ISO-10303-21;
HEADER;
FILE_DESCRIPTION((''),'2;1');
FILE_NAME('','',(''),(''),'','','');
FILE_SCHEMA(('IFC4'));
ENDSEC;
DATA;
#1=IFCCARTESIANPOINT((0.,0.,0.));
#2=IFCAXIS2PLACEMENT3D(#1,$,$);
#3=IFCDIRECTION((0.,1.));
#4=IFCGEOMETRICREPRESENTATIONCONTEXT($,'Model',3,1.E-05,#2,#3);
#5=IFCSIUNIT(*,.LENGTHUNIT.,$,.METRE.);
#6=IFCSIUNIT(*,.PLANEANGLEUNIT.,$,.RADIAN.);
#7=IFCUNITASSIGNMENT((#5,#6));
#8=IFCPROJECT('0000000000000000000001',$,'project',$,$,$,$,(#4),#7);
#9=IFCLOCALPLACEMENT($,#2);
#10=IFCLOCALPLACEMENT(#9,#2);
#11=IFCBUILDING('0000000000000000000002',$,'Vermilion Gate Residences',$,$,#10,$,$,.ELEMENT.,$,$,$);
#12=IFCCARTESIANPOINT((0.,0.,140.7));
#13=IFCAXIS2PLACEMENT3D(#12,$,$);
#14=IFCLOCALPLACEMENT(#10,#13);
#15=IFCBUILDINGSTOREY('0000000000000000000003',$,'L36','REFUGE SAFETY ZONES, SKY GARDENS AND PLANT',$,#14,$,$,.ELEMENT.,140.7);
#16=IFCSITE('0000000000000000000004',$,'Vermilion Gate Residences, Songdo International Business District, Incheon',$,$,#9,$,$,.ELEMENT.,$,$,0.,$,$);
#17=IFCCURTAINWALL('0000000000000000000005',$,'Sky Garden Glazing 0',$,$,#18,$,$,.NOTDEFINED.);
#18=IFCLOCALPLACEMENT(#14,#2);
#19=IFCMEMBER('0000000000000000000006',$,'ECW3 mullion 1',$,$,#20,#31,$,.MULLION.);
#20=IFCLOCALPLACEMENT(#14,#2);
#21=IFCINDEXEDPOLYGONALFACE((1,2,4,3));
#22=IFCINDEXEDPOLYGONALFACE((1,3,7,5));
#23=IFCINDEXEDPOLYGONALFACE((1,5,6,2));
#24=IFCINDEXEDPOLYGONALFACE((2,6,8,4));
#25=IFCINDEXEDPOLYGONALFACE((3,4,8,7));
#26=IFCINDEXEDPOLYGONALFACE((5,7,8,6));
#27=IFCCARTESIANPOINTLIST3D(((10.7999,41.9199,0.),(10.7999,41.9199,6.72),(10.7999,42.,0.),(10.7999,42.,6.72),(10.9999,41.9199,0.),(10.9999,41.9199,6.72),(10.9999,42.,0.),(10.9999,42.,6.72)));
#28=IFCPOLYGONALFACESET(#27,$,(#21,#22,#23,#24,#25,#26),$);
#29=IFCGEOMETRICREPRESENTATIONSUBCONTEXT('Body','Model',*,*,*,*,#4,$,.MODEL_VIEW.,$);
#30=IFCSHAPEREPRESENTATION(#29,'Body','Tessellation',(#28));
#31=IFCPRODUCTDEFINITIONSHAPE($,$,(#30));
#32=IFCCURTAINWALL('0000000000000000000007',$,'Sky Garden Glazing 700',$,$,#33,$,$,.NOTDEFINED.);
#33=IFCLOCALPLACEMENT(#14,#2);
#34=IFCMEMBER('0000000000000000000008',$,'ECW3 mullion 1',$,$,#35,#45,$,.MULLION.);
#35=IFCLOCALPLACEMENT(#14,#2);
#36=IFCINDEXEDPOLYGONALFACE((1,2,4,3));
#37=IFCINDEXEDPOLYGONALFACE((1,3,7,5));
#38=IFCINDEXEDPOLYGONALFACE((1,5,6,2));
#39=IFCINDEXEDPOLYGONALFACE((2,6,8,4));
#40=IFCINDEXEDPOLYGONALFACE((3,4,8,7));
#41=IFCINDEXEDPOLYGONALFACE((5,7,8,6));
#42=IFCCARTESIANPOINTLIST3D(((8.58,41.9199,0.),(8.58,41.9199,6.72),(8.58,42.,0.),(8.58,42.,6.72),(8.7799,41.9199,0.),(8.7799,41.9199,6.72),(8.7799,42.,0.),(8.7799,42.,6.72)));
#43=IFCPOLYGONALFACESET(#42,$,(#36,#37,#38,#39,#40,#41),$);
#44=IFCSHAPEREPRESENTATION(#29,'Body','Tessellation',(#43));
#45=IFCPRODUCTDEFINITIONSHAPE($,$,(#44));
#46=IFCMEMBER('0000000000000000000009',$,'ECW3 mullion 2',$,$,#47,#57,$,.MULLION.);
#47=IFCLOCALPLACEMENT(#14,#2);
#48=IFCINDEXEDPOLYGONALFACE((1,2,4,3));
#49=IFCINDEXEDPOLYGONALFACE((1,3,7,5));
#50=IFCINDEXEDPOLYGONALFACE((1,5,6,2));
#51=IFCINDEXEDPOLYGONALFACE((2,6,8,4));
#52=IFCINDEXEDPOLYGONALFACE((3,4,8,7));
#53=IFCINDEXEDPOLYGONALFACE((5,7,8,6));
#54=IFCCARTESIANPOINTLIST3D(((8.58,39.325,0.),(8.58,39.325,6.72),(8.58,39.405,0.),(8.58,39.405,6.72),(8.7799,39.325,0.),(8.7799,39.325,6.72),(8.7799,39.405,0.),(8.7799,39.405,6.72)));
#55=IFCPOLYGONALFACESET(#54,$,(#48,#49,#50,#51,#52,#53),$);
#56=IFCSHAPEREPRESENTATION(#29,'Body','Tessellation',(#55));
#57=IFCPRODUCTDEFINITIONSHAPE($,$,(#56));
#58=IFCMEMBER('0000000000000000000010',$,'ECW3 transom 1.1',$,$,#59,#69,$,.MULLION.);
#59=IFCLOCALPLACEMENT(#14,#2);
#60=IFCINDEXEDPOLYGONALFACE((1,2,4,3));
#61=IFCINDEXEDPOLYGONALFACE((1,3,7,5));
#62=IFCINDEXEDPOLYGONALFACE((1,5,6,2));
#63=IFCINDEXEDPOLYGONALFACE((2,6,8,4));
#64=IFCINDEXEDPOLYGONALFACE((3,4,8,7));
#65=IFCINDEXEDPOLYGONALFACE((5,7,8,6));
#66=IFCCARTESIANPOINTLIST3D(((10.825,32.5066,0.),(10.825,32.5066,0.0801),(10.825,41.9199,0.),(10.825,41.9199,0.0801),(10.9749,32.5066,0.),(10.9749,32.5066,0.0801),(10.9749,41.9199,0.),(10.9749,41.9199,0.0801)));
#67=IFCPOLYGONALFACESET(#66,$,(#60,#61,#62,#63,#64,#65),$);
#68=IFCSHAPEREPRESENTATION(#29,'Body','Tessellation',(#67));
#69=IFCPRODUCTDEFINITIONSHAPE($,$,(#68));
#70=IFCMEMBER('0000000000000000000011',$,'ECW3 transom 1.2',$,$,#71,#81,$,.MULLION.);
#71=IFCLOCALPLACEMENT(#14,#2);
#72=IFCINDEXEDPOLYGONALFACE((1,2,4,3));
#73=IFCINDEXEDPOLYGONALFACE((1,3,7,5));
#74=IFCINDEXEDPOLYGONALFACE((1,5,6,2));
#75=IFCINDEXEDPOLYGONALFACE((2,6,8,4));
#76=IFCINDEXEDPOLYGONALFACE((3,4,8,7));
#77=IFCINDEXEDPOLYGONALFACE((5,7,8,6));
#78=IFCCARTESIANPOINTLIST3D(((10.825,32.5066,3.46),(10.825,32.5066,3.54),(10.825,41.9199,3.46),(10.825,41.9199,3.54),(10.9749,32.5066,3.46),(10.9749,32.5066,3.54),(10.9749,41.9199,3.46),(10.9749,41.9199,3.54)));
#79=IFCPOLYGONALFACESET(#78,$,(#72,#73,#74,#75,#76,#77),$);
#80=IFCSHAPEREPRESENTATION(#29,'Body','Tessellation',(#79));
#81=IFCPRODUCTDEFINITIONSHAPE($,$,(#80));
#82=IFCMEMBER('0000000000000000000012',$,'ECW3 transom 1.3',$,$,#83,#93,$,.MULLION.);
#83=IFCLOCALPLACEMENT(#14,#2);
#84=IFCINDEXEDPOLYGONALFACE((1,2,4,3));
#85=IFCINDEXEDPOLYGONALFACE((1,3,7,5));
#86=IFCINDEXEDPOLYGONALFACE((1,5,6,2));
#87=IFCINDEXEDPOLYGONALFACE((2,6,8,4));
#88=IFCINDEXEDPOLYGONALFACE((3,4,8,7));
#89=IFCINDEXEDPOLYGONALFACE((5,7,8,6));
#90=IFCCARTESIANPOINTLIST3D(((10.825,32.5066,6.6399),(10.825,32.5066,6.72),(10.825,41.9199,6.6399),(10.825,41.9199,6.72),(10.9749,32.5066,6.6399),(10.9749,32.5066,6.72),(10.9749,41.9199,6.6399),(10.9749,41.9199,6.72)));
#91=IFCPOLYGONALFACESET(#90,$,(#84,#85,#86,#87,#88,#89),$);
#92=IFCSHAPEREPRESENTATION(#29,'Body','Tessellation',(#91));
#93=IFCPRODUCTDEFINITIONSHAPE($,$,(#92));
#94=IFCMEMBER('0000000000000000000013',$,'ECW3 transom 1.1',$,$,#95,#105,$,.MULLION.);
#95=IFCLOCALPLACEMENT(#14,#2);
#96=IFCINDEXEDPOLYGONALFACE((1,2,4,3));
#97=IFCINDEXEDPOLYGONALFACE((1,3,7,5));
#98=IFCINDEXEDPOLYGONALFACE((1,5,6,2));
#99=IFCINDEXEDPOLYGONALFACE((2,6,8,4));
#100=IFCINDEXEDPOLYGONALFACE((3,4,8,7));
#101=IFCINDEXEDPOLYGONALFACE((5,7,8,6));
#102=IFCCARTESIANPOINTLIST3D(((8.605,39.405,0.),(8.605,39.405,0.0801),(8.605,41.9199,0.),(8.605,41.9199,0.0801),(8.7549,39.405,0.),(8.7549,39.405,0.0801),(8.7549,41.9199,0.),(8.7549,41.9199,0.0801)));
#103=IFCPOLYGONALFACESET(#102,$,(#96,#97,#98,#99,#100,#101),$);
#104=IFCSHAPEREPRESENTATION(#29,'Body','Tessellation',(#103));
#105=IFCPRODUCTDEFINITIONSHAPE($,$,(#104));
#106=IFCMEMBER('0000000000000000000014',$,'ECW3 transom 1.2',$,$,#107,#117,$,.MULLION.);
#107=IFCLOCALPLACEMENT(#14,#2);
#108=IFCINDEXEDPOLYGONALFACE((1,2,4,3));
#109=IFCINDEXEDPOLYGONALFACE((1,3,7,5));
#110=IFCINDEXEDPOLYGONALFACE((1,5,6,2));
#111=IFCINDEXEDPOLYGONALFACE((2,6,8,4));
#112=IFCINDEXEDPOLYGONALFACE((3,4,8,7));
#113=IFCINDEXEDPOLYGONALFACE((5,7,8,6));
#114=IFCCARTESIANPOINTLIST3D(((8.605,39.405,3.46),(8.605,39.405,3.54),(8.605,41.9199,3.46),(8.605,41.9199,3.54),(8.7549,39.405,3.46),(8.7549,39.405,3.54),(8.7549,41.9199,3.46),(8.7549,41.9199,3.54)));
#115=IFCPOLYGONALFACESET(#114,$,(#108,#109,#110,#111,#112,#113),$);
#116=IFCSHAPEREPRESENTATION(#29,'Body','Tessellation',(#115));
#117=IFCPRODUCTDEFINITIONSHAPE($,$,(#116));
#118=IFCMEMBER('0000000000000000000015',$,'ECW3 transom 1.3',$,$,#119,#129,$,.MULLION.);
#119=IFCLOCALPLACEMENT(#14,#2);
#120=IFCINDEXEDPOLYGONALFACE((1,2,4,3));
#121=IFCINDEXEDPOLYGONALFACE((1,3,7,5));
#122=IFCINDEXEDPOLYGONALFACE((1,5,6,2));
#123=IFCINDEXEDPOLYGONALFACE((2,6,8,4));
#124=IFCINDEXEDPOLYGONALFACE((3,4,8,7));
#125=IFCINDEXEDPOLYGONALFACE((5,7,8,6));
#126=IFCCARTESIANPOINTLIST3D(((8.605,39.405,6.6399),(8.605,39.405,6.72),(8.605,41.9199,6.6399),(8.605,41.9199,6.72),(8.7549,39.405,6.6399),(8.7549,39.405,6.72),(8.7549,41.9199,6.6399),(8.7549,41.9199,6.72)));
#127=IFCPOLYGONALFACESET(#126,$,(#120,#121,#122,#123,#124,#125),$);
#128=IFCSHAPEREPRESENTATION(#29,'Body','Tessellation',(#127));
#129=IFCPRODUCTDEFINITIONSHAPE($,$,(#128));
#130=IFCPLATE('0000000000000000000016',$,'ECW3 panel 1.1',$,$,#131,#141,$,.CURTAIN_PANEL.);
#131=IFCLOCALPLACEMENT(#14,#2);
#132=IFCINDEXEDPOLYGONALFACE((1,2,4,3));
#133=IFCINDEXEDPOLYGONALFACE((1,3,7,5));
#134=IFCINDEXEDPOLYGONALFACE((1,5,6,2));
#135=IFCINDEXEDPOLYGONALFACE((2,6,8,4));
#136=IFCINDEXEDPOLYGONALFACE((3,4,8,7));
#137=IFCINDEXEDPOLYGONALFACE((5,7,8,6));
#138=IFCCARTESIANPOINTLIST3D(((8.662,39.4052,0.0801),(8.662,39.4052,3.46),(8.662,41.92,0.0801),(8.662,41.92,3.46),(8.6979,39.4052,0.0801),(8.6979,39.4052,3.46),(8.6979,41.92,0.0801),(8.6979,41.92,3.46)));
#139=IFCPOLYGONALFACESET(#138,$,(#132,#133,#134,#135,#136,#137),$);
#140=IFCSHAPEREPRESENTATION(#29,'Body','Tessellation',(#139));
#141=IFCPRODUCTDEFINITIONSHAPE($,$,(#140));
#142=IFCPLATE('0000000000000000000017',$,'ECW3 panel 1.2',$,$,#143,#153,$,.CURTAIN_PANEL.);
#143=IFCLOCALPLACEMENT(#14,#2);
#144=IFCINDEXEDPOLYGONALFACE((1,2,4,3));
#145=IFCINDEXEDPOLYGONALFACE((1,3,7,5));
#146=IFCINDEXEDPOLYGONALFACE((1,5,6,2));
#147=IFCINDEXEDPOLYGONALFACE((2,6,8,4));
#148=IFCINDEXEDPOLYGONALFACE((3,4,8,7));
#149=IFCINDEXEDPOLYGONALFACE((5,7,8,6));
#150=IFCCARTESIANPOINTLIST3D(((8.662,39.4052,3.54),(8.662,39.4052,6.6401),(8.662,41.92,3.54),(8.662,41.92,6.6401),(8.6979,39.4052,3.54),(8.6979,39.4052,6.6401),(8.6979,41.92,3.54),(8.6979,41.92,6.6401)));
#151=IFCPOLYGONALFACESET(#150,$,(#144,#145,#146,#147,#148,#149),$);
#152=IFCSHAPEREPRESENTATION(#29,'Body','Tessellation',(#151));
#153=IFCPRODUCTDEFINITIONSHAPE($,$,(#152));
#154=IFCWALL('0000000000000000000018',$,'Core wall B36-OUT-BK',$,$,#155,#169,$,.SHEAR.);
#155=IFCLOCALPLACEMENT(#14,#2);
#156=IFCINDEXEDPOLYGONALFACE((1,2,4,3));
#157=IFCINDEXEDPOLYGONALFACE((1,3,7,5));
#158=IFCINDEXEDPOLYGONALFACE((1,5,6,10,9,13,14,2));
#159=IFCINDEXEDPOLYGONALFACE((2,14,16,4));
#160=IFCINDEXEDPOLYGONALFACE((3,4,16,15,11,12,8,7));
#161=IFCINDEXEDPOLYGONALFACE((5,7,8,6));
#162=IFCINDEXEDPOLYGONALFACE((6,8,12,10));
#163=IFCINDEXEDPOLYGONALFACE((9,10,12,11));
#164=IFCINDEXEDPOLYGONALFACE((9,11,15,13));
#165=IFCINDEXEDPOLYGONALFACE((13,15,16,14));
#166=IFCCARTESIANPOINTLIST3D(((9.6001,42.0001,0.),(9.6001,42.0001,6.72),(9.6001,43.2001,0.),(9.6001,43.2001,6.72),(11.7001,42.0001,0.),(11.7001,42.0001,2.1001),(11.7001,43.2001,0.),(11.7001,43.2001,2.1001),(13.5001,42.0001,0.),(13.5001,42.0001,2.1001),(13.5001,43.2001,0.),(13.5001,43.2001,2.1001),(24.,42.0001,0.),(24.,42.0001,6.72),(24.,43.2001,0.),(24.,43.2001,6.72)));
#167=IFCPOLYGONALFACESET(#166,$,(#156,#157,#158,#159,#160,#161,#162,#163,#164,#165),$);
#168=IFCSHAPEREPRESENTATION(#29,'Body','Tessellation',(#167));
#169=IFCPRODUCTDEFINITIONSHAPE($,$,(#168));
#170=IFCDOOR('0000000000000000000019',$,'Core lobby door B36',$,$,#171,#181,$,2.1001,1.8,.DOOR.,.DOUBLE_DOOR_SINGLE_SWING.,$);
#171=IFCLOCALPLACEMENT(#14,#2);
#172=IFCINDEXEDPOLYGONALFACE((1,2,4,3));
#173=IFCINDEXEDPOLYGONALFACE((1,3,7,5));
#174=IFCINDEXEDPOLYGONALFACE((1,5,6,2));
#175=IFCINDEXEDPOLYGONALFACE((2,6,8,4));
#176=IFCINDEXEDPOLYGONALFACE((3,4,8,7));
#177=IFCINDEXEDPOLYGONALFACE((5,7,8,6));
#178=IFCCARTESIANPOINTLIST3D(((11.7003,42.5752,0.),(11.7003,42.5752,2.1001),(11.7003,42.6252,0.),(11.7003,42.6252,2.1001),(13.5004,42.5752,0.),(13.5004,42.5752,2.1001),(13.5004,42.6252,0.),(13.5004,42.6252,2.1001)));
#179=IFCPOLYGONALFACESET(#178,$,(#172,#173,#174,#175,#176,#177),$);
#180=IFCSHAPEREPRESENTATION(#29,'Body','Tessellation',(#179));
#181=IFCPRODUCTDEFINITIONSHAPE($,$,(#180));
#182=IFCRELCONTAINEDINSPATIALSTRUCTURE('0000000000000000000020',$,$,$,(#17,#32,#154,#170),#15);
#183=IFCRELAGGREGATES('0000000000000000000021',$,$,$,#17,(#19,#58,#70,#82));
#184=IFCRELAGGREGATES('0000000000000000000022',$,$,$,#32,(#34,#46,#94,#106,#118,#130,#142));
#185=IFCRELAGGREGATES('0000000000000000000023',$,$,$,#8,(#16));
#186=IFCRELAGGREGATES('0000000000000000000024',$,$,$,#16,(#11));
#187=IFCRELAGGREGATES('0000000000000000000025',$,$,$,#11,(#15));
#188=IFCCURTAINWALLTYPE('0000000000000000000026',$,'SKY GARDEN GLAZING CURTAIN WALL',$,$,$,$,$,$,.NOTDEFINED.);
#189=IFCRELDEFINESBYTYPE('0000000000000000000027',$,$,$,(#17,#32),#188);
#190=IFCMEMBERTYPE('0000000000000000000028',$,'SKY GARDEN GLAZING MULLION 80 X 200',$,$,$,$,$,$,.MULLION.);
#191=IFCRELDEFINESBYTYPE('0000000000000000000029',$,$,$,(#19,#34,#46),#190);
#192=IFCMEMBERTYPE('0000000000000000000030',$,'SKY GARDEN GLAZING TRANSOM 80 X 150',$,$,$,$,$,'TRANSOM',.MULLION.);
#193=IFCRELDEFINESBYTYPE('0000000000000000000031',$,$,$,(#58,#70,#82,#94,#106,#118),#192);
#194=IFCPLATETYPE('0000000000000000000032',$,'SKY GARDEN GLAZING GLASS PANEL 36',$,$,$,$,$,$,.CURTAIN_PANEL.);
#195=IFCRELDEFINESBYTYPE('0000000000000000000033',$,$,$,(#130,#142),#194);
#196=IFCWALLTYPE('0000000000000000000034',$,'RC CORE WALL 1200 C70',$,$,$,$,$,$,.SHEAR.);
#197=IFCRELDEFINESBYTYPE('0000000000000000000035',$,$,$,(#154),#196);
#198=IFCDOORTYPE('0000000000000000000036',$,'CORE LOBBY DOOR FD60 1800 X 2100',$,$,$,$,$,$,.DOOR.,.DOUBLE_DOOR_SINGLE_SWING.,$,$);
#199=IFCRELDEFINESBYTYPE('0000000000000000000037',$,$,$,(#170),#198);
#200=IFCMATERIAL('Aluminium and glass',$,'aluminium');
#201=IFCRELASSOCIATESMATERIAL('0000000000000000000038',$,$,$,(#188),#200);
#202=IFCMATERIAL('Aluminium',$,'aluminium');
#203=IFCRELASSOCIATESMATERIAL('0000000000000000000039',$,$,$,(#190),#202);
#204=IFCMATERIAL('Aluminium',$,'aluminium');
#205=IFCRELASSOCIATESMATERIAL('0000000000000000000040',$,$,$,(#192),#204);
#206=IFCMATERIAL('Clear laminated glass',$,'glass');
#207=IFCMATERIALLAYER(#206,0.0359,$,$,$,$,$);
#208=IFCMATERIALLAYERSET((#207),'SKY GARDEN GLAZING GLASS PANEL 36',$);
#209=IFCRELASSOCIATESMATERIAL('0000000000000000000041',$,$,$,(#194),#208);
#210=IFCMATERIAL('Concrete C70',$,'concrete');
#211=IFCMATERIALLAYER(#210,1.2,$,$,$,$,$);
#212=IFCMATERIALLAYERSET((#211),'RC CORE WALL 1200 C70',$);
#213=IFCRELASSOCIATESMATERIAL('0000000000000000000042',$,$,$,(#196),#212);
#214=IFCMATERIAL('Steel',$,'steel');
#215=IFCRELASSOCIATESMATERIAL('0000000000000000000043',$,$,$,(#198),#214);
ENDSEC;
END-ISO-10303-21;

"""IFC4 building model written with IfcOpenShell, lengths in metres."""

from ifc_helpers import new_model, si_unit, direction, frame, frame_2d, origin, origin_2d, place, context, subcontext, project, spatial, rectangle, extrude, material, layer, layer_set, material_profile, profile_set, type_object, element, fill, aggregate, save


model = new_model("IFC4")

# Units and contexts
model_context = context("Model", 3, precision=1e-05, world=origin(), true_north=direction((0.0, 1.0)))
body_context = subcontext(model_context, "Body", "Model", "MODEL_VIEW")
ifc_project = project(units=[si_unit("LENGTHUNIT", "METRE"), si_unit("PLANEANGLEUNIT", "RADIAN")], contexts=[model_context])

# Site, building, storey
site_placement = place(None, origin())
site = spatial("IfcSite", under=ifc_project, at=site_placement, Name="Vermilion Gate Residences, Songdo International Business District, Incheon", CompositionType="ELEMENT", RefElevation=0.0)
building_placement = place(site_placement, origin())
building = spatial("IfcBuilding", under=site, at=building_placement, Name="Vermilion Gate Residences", CompositionType="ELEMENT")
storey_placement = place(building_placement, frame((0.0, 0.0, 140.7)))
storey = spatial("IfcBuildingStorey", under=building, at=storey_placement, Name="L36", Description="REFUGE SAFETY ZONES, SKY GARDENS AND PLANT", CompositionType="ELEMENT", Elevation=140.7)

# Curtain wall, member
ifc_material_1 = material(Name="Aluminium and glass", Category="aluminium")
curtain_wall_type = type_object("IfcCurtainWallType", Name="SKY GARDEN GLAZING CURTAIN WALL", PredefinedType="NOTDEFINED", material=ifc_material_1)
curtain_wall_1_placement = place(storey_placement, origin())
curtain_wall_1 = element("IfcCurtainWall", 1, at=curtain_wall_1_placement, inside=storey, type_object=curtain_wall_type, Name="Sky Garden Glazing 0", PredefinedType="NOTDEFINED")
ifc_material_2 = material(Name="Aluminium", Category="aluminium")
ifc_material_profile_1 = material_profile(ifc_material_2, rectangle(XDim=0.2, YDim=0.0801, at=origin_2d()), Name="MULLION 80 X 200")
ifc_profile_set_1 = profile_set([ifc_material_profile_1], Name="Aluminium")
member_type_1 = type_object("IfcMemberType", Name="SKY GARDEN GLAZING MULLION 80 X 200", PredefinedType="MULLION", material=ifc_profile_set_1)
member_1_placement = place(storey_placement, frame((10.8999, 41.96, 0.0), z_axis=(0.0, 0.0, 1.0), x_axis=(1.0, 0.0, 0.0)))
member_1 = element("IfcMember", 2, at=member_1_placement, type_object=member_type_1, Name="ECW3 mullion 1", PredefinedType="MULLION", context=body_context, shape_type="SweptSolid", body=[
    extrude(rectangle(XDim=0.2, YDim=0.0801, at=origin_2d()), origin(), (0.0, 0.0, 1.0), 6.72),
])

# Curtain wall, members
curtain_wall_2_placement = place(storey_placement, origin())
curtain_wall_2 = element("IfcCurtainWall", 3, at=curtain_wall_2_placement, inside=storey, type_object=curtain_wall_type, Name="Sky Garden Glazing 700", PredefinedType="NOTDEFINED")
member_2_placement = place(storey_placement, frame((8.6799, 41.96, 0.0), z_axis=(0.0, 0.0, 1.0), x_axis=(1.0, 0.0, 0.0)))
member_2 = element("IfcMember", 4, at=member_2_placement, type_object=member_type_1, Name="ECW3 mullion 1", PredefinedType="MULLION", context=body_context, shape_type="SweptSolid", body=[
    extrude(rectangle(XDim=0.2, YDim=0.0801, at=origin_2d()), origin(), (0.0, 0.0, 1.0), 6.72),
])
member_3_placement = place(storey_placement, frame((8.6799, 39.365, 0.0), z_axis=(0.0, 0.0, 1.0), x_axis=(1.0, 0.0, 0.0)))
member_3 = element("IfcMember", 5, at=member_3_placement, type_object=member_type_1, Name="ECW3 mullion 2", PredefinedType="MULLION", context=body_context, shape_type="SweptSolid", body=[
    extrude(rectangle(XDim=0.2, YDim=0.0801, at=origin_2d()), origin(), (0.0, 0.0, 1.0), 6.72),
])

# Members
ifc_material_3 = material(Name="Aluminium", Category="aluminium")
ifc_material_profile_2 = material_profile(ifc_material_3, rectangle(XDim=0.1499, YDim=0.0801, at=origin_2d()), Name="TRANSOM 80 X 150")
ifc_profile_set_2 = profile_set([ifc_material_profile_2], Name="Aluminium")
member_type_2 = type_object("IfcMemberType", Name="SKY GARDEN GLAZING TRANSOM 80 X 150", ElementType="TRANSOM", PredefinedType="MULLION", material=ifc_profile_set_2)
member_4_placement = place(storey_placement, frame((10.8999, 41.9199, 0.04), z_axis=(0.0, -1.0, 0.0), x_axis=(1.0, 0.0, 0.0)))
member_4 = element("IfcMember", 6, at=member_4_placement, type_object=member_type_2, Name="ECW3 transom 1.1", PredefinedType="MULLION", context=body_context, shape_type="SweptSolid", body=[
    extrude(rectangle(XDim=0.1499, YDim=0.0801, at=origin_2d()), origin(), (0.0, 0.0, 1.0), 9.4133),
])
member_5_placement = place(storey_placement, frame((10.8999, 41.9199, 3.5), z_axis=(0.0, -1.0, 0.0), x_axis=(1.0, 0.0, 0.0)))
member_5 = element("IfcMember", 7, at=member_5_placement, type_object=member_type_2, Name="ECW3 transom 1.2", PredefinedType="MULLION", context=body_context, shape_type="SweptSolid", body=[
    extrude(rectangle(XDim=0.1499, YDim=0.0801, at=origin_2d()), origin(), (0.0, 0.0, 1.0), 9.4133),
])
member_6_placement = place(storey_placement, frame((10.8999, 41.9199, 6.6799), z_axis=(0.0, -1.0, 0.0), x_axis=(1.0, 0.0, 0.0)))
member_6 = element("IfcMember", 8, at=member_6_placement, type_object=member_type_2, Name="ECW3 transom 1.3", PredefinedType="MULLION", context=body_context, shape_type="SweptSolid", body=[
    extrude(rectangle(XDim=0.1499, YDim=0.0801, at=origin_2d()), origin(), (0.0, 0.0, 1.0), 9.4133),
])
aggregate(curtain_wall_1, [member_1, member_4, member_5, member_6])
member_7_placement = place(storey_placement, frame((8.6799, 41.9199, 0.04), z_axis=(0.0, -1.0, 0.0), x_axis=(1.0, 0.0, 0.0)))
member_7 = element("IfcMember", 9, at=member_7_placement, type_object=member_type_2, Name="ECW3 transom 1.1", PredefinedType="MULLION", context=body_context, shape_type="SweptSolid", body=[
    extrude(rectangle(XDim=0.1499, YDim=0.0801, at=origin_2d()), origin(), (0.0, 0.0, 1.0), 2.5149),
])
member_8_placement = place(storey_placement, frame((8.6799, 41.9199, 3.5), z_axis=(0.0, -1.0, 0.0), x_axis=(1.0, 0.0, 0.0)))
member_8 = element("IfcMember", 10, at=member_8_placement, type_object=member_type_2, Name="ECW3 transom 1.2", PredefinedType="MULLION", context=body_context, shape_type="SweptSolid", body=[
    extrude(rectangle(XDim=0.1499, YDim=0.0801, at=origin_2d()), origin(), (0.0, 0.0, 1.0), 2.5149),
])
member_9_placement = place(storey_placement, frame((8.6799, 41.9199, 6.6799), z_axis=(0.0, -1.0, 0.0), x_axis=(1.0, 0.0, 0.0)))
member_9 = element("IfcMember", 11, at=member_9_placement, type_object=member_type_2, Name="ECW3 transom 1.3", PredefinedType="MULLION", context=body_context, shape_type="SweptSolid", body=[
    extrude(rectangle(XDim=0.1499, YDim=0.0801, at=origin_2d()), origin(), (0.0, 0.0, 1.0), 2.5149),
])

# Plates
ifc_material_4 = material(Name="Clear laminated glass", Category="glass")
ifc_layer_1 = layer(ifc_material_4, 0.0359)
ifc_layer_set_1 = layer_set([ifc_layer_1], Name="SKY GARDEN GLAZING GLASS PANEL 36")
plate_type = type_object("IfcPlateType", Name="SKY GARDEN GLAZING GLASS PANEL 36", PredefinedType="CURTAIN_PANEL", material=ifc_layer_set_1)
plate_1_placement = place(storey_placement, frame((8.6799, 40.6626, 0.0801), z_axis=(0.0, 0.0, 1.0), x_axis=(0.0, -1.0, 0.0)))
plate_1 = element("IfcPlate", 12, at=plate_1_placement, type_object=plate_type, Name="ECW3 panel 1.1", PredefinedType="CURTAIN_PANEL", context=body_context, shape_type="SweptSolid", body=[
    extrude(rectangle(XDim=2.5149, YDim=0.0359, at=origin_2d()), origin(), (0.0, 0.0, 1.0), 3.3799),
])
plate_2_placement = place(storey_placement, frame((8.6799, 40.6626, 3.54), z_axis=(0.0, 0.0, 1.0), x_axis=(0.0, -1.0, 0.0)))
plate_2 = element("IfcPlate", 13, at=plate_2_placement, type_object=plate_type, Name="ECW3 panel 1.2", PredefinedType="CURTAIN_PANEL", context=body_context, shape_type="SweptSolid", body=[
    extrude(rectangle(XDim=2.5149, YDim=0.0359, at=origin_2d()), origin(), (0.0, 0.0, 1.0), 3.1001),
])
aggregate(curtain_wall_2, [member_2, member_3, member_7, member_8, member_9, plate_1, plate_2])

# Wall, opening, door
ifc_material_5 = material(Name="Concrete C70", Category="concrete")
ifc_layer_2 = layer(ifc_material_5, 1.2)
ifc_layer_set_2 = layer_set([ifc_layer_2], Name="RC CORE WALL 1200 C70")
wall_type_1 = type_object("IfcWallType", Name="RC CORE WALL 1200 C70", PredefinedType="SHEAR", material=ifc_layer_set_2)
wall_1_placement = place(storey_placement, frame((9.6001, 42.6001, 0.0), z_axis=(0.0, 0.0, 1.0), x_axis=(1.0, 0.0, 0.0)))
wall_1 = element("IfcWall", 14, at=wall_1_placement, inside=storey, type_object=wall_type_1, Name="Core wall B36-OUT-BK", PredefinedType="SHEAR", context=body_context, shape_type="SweptSolid", body=[
    extrude(rectangle(XDim=14.3999, YDim=1.2, at=frame_2d((7.2, 0.0))), origin(), (0.0, 0.0, 1.0), 6.72),
])
opening_1_placement = place(wall_1_placement, frame((2.1001, 0.0, 0.0)))
opening_1 = element("IfcOpeningElement", 15, at=opening_1_placement, cuts=wall_1, PredefinedType="OPENING", context=body_context, shape_type="SweptSolid", body=[
    extrude(rectangle(XDim=1.8, YDim=2.1001, at=frame_2d((0.8999, 1.05))), frame((0.0, 0.6099, 0.0), z_axis=(0.0, -1.0, 0.0), x_axis=(1.0, 0.0, 0.0)), (0.0, 0.0, 1.0), 1.22),
])
ifc_material_6 = material(Name="Steel", Category="steel")
door_type_1 = type_object("IfcDoorType", Name="CORE LOBBY DOOR FD60 1800 X 2100", OperationType="DOUBLE_DOOR_SINGLE_SWING", PredefinedType="DOOR", material=ifc_material_6)
door_1_placement = place(opening_1_placement, frame((1.8, 0.0, 0.0), z_axis=(0.0, 0.0, 1.0), x_axis=(-1.0, 0.0, 0.0)))
door_1 = element("IfcDoor", 16, at=door_1_placement, inside=storey, type_object=door_type_1, Name="Core lobby door B36", OperationType="DOUBLE_DOOR_SINGLE_SWING", OverallHeight=2.1001, OverallWidth=1.8, PredefinedType="DOOR", context=body_context, shape_type="SweptSolid", body=[
    extrude(rectangle(XDim=1.8, YDim=2.1001, at=frame_2d((0.8999, 1.05))), frame((0.0, 0.0249, 0.0), z_axis=(0.0, -1.0, 0.0), x_axis=(1.0, 0.0, 0.0)), (0.0, 0.0, 1.0), 0.05),
])
fill(opening_1, door_1)

save(model, "model.ifc")
